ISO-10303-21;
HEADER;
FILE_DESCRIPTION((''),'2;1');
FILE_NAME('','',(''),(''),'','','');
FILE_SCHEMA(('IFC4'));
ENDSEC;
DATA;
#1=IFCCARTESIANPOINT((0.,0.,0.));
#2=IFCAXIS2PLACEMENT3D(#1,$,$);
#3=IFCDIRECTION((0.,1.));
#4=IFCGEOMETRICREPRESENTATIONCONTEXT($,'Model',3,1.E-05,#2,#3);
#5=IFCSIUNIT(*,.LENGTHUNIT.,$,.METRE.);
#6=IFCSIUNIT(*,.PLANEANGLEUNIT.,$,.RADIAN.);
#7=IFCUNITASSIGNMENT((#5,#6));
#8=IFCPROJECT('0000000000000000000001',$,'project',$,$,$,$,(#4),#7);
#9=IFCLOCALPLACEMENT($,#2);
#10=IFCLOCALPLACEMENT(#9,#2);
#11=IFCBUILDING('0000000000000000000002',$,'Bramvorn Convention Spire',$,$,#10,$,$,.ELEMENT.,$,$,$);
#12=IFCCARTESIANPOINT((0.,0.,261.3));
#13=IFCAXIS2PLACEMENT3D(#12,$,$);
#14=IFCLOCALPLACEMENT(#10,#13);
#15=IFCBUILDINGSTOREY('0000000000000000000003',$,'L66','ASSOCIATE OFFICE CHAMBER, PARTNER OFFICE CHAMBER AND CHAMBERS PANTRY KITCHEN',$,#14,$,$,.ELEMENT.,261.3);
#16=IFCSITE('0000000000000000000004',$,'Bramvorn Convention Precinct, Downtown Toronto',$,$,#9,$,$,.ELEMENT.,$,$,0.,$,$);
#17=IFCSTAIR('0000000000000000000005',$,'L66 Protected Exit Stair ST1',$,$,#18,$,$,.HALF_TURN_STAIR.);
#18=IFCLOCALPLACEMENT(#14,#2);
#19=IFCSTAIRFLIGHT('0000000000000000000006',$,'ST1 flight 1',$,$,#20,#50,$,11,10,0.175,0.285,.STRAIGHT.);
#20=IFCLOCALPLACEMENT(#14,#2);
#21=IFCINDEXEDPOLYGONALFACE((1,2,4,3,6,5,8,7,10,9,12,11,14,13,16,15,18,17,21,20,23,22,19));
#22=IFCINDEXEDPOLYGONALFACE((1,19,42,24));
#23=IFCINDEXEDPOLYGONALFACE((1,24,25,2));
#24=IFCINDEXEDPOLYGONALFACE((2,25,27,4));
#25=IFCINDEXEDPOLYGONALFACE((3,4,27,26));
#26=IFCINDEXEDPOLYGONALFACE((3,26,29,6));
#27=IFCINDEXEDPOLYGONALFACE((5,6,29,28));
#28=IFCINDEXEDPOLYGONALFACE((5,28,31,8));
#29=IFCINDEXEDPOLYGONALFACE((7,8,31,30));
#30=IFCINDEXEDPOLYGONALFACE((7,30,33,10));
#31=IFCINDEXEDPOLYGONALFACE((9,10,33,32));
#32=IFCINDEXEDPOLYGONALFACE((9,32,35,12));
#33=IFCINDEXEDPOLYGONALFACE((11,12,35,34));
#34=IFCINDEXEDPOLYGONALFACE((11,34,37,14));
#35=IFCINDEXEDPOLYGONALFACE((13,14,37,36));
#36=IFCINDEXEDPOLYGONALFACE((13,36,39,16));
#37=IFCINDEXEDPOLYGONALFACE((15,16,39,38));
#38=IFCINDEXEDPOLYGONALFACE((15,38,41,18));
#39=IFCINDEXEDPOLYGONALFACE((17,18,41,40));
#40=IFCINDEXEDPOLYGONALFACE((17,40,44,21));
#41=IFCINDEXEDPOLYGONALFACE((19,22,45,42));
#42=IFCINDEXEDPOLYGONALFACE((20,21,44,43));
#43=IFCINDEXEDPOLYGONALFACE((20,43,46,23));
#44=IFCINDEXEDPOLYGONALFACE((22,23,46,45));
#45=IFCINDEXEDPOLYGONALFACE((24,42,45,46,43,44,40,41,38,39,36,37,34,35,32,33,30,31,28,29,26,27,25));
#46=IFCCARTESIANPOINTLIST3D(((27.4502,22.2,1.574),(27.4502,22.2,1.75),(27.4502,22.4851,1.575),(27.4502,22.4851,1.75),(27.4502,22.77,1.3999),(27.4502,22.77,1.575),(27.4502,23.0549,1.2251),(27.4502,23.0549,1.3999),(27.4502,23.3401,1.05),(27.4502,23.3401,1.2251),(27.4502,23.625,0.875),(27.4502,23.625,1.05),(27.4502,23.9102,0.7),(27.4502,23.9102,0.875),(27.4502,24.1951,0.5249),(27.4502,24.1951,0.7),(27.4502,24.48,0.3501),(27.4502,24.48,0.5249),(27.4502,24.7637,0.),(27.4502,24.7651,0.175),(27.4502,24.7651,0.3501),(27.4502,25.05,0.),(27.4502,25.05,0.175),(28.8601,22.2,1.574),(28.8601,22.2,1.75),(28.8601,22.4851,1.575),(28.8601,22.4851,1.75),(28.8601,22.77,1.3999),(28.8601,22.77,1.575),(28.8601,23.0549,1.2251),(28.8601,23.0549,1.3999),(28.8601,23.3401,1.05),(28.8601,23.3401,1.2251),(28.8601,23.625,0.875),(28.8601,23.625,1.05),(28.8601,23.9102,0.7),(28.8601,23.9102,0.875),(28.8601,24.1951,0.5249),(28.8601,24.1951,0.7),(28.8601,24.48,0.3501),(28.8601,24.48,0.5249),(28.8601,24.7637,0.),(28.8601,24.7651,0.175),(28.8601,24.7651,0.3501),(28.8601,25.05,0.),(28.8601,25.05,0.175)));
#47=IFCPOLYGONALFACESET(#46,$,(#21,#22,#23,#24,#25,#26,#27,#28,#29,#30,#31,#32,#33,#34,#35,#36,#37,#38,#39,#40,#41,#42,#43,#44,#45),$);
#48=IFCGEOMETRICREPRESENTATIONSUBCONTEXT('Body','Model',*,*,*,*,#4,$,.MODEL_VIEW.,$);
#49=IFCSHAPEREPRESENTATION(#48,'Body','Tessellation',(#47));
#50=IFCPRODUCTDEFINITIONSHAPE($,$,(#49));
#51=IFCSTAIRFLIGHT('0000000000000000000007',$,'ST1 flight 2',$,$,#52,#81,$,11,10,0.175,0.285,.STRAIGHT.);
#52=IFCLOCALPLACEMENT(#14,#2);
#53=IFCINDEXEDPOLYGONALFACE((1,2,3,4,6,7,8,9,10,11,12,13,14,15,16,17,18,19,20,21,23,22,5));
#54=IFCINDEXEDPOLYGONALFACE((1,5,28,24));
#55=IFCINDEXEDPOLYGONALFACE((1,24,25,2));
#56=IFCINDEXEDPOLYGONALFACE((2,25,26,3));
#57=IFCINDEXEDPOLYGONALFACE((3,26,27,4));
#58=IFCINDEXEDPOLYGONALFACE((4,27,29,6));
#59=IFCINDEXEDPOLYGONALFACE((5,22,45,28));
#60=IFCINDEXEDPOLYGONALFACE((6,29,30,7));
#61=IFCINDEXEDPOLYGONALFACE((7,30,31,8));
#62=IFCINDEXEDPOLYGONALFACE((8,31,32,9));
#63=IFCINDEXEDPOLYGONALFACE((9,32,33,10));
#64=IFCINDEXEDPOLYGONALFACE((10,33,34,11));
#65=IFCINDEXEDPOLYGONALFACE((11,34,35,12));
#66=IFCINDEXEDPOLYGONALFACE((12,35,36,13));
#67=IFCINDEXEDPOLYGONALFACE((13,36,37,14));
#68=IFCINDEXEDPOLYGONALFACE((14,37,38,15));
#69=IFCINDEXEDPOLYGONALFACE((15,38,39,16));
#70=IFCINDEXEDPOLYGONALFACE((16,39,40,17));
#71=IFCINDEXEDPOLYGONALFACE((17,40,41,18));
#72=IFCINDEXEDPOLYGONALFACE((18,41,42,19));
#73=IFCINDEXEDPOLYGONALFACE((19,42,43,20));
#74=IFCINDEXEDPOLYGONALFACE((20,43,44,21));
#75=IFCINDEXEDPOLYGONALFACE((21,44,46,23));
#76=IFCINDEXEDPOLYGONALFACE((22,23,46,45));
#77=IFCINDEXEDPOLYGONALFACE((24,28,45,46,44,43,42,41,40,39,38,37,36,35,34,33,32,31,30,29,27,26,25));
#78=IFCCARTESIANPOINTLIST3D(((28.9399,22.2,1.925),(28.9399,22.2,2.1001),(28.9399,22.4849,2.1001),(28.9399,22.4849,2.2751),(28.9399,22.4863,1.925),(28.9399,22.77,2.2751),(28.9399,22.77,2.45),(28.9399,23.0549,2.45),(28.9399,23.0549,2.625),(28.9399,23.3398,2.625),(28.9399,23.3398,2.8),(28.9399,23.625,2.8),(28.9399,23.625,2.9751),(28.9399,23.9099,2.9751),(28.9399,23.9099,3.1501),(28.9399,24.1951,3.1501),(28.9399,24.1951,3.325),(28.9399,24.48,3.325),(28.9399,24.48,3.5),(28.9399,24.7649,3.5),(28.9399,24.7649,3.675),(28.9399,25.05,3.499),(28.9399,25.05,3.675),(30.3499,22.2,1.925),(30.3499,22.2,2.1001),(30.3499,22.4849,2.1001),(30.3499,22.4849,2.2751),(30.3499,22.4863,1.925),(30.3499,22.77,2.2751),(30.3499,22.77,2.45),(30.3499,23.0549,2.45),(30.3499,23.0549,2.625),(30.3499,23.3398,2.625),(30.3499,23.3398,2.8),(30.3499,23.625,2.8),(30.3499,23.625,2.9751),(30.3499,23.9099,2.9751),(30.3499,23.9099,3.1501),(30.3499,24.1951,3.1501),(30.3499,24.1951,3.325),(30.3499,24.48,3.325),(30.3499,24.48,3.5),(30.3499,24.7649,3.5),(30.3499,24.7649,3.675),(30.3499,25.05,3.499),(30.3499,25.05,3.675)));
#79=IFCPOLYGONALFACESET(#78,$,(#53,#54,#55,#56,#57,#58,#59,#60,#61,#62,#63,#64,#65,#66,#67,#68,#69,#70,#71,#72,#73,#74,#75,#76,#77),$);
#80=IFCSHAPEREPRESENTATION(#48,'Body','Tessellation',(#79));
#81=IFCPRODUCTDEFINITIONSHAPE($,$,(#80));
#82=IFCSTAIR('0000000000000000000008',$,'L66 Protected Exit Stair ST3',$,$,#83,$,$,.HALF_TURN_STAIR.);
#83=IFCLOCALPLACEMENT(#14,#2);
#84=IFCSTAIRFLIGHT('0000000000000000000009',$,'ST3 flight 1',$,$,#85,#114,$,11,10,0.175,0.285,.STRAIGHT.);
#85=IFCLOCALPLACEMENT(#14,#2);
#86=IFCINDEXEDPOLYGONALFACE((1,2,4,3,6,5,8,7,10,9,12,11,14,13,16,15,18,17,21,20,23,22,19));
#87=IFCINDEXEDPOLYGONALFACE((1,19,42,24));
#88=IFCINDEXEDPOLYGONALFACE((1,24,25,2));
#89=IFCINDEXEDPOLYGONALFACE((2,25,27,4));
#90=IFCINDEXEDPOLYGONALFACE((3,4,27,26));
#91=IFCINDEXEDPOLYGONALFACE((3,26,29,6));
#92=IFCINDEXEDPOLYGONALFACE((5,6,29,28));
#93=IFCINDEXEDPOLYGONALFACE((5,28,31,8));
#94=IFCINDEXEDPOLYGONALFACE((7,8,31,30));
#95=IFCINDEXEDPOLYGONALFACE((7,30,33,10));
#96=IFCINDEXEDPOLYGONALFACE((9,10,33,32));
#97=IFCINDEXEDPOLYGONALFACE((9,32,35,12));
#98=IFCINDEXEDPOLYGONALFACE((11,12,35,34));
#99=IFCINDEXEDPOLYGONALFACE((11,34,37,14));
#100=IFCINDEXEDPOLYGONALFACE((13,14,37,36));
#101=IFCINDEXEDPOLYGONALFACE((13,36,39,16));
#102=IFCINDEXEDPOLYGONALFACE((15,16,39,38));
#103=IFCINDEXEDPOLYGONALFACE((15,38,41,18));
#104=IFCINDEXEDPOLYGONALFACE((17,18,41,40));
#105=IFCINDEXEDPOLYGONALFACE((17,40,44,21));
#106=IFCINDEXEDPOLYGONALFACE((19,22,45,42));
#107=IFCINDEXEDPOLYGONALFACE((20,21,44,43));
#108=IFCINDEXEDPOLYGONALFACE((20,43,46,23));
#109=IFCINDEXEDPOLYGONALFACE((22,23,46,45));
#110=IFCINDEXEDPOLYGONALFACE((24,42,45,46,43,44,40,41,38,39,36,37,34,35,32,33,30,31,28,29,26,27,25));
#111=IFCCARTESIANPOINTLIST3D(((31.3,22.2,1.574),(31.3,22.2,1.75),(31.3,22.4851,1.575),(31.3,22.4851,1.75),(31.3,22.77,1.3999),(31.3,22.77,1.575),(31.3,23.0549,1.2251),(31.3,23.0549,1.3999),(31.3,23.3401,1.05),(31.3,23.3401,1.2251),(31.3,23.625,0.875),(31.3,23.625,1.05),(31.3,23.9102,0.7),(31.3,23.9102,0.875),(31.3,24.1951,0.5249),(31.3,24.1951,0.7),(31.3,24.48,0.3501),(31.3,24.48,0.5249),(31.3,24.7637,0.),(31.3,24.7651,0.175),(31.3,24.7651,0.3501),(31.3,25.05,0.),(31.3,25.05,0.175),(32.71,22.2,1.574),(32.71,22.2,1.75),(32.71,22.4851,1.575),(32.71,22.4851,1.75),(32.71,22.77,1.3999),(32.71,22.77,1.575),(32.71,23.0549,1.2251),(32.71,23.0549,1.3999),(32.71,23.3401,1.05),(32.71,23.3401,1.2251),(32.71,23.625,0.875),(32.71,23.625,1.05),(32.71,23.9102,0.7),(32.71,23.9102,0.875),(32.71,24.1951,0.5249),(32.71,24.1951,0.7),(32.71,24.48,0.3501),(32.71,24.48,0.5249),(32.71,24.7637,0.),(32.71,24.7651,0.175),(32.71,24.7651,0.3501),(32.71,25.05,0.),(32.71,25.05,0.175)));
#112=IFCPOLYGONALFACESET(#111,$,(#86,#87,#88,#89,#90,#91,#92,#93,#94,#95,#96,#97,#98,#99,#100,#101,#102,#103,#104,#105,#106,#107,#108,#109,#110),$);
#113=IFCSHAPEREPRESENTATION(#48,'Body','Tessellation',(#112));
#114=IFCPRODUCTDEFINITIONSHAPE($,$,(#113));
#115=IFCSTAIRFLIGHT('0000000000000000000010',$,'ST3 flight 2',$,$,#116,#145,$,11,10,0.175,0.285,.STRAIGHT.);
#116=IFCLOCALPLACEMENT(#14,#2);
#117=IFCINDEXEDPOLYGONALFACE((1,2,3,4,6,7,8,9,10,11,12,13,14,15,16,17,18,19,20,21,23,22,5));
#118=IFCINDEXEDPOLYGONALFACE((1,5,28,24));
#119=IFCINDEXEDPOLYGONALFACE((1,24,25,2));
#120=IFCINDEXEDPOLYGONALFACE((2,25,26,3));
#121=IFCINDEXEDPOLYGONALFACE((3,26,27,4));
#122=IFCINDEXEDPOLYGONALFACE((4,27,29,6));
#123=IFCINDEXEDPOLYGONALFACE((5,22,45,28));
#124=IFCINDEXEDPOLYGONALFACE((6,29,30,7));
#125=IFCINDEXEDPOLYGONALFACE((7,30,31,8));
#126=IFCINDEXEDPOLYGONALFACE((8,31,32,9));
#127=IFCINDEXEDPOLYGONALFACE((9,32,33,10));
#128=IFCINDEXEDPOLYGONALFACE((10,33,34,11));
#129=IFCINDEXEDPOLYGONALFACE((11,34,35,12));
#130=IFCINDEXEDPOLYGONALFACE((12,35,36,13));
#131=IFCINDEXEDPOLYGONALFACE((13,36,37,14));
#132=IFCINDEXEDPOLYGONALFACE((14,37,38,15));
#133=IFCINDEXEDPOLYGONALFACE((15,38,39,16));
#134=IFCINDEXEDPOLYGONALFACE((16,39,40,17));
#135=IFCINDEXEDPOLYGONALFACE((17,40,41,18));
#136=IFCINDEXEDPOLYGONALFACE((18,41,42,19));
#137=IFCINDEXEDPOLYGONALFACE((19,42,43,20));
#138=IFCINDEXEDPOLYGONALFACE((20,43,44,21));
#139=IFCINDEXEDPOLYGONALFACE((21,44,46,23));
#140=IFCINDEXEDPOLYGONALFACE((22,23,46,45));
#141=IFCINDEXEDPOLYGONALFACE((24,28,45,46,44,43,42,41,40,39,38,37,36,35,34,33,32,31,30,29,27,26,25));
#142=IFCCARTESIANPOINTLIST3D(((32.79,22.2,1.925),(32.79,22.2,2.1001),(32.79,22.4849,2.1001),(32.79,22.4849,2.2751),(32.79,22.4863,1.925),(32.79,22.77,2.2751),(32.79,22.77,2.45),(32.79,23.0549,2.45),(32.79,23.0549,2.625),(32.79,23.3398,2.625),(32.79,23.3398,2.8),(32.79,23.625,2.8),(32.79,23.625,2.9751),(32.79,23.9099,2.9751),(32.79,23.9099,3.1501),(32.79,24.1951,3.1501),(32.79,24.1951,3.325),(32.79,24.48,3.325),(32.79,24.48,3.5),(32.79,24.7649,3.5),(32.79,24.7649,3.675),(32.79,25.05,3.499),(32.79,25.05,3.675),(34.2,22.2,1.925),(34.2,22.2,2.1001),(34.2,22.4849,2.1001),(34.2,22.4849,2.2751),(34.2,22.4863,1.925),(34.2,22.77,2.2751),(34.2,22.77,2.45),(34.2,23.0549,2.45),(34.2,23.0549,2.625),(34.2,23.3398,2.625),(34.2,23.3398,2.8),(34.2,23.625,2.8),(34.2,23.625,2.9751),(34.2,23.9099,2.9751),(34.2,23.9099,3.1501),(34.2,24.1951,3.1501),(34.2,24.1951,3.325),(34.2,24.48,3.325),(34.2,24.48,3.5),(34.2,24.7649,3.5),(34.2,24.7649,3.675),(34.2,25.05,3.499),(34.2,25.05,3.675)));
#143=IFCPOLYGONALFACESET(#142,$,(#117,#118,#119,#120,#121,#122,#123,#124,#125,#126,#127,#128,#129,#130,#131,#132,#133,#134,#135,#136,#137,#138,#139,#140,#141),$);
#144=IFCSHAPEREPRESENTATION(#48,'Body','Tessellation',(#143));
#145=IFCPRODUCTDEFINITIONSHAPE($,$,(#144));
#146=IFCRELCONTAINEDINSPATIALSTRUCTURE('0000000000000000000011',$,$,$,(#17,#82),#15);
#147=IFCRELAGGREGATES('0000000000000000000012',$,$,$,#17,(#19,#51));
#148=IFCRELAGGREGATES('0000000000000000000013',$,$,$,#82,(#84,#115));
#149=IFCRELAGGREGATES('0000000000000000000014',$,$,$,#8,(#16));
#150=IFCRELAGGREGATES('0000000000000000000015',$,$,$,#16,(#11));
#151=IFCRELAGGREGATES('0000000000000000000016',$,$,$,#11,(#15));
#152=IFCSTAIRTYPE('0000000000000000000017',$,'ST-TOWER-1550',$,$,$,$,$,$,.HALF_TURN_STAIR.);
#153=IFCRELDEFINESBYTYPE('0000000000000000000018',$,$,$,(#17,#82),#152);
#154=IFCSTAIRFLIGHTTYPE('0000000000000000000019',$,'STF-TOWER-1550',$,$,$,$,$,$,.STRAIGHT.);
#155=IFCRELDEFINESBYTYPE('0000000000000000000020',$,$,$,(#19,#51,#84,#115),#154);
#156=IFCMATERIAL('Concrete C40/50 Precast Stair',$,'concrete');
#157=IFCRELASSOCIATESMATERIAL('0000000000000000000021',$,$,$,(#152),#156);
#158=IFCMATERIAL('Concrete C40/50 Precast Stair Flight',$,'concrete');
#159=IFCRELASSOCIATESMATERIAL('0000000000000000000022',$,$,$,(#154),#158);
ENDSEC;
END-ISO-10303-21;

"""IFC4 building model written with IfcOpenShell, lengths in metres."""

from ifc_helpers import new_model, si_unit, direction, frame, origin, place, context, subcontext, project, spatial, polyline, outline, extrude, material, type_object, element, aggregate, save


model = new_model("IFC4")

# Units and contexts
model_context = context("Model", 3, precision=1e-05, world=origin(), true_north=direction((0.0, 1.0)))
body_context = subcontext(model_context, "Body", "Model", "MODEL_VIEW")
ifc_project = project(units=[si_unit("LENGTHUNIT", "METRE"), si_unit("PLANEANGLEUNIT", "RADIAN")], contexts=[model_context])

# Site, building, storey
site_placement = place(None, origin())
site = spatial("IfcSite", under=ifc_project, at=site_placement, Name="Bramvorn Convention Precinct, Downtown Toronto", CompositionType="ELEMENT", RefElevation=0.0)
building_placement = place(site_placement, origin())
building = spatial("IfcBuilding", under=site, at=building_placement, Name="Bramvorn Convention Spire", CompositionType="ELEMENT")
storey_placement = place(building_placement, frame((0.0, 0.0, 261.3)))
storey = spatial("IfcBuildingStorey", under=building, at=storey_placement, Name="L66", Description="ASSOCIATE OFFICE CHAMBER, PARTNER OFFICE CHAMBER AND CHAMBERS PANTRY KITCHEN", CompositionType="ELEMENT", Elevation=261.3)

# Stairs, stair flights
ifc_material_1 = material(Name="Concrete C40/50 Precast Stair", Category="concrete")
stair_type = type_object("IfcStairType", Name="ST-TOWER-1550", PredefinedType="HALF_TURN_STAIR", material=ifc_material_1)
stair_1_placement = place(storey_placement, origin())
stair_1 = element("IfcStair", 1, at=stair_1_placement, inside=storey, type_object=stair_type, Name="L66 Protected Exit Stair ST1", PredefinedType="HALF_TURN_STAIR")
ifc_material_2 = material(Name="Concrete C40/50 Precast Stair Flight", Category="concrete")
stair_flight_type = type_object("IfcStairFlightType", Name="STF-TOWER-1550", PredefinedType="STRAIGHT", material=ifc_material_2)
stair_flight_1_placement = place(storey_placement, frame((28.155, 25.05, 0.0), z_axis=(0.0, 0.0, 1.0), x_axis=(0.0, -1.0, 0.0)))
stair_flight_1 = element("IfcStairFlight", 2, at=stair_flight_1_placement, type_object=stair_flight_type, Name="ST1 flight 1", NumberOfRisers=11, NumberOfTreads=10, PredefinedType="STRAIGHT", RiserHeight=0.175, TreadLength=0.285, context=body_context, shape_type="SweptSolid", body=[
    extrude(outline(polyline([(0.0, 0.0), (0.0, 0.175), (0.2849, 0.175), (0.2849, 0.3501), (0.5701, 0.3501), (0.5701, 0.5249), (0.855, 0.5249), (0.855, 0.7), (1.1399, 0.7), (1.1399, 0.875), (1.425, 0.875), (1.425, 1.05), (1.71, 1.05), (1.71, 1.2251), (1.9951, 1.2251), (1.9951, 1.3999), (2.28, 1.3999), (2.28, 1.575), (2.5649, 1.575), (2.5649, 1.75), (2.8501, 1.75), (2.8501, 1.925), (2.8501, 1.574), (0.2864, 0.0), (0.0, 0.0)])), frame((0.0, 0.7051, 0.0), z_axis=(0.0, -1.0, 0.0), x_axis=(1.0, 0.0, 0.0)), (0.0, 0.0, 1.0), 1.4099),
])
stair_flight_2_placement = place(storey_placement, frame((29.645, 22.2, 1.925), z_axis=(0.0, 0.0, 1.0), x_axis=(0.0, 1.0, 0.0)))
stair_flight_2 = element("IfcStairFlight", 3, at=stair_flight_2_placement, type_object=stair_flight_type, Name="ST1 flight 2", NumberOfRisers=11, NumberOfTreads=10, PredefinedType="STRAIGHT", RiserHeight=0.175, TreadLength=0.285, context=body_context, shape_type="SweptSolid", body=[
    extrude(outline(polyline([(0.0, 0.0), (0.0, 0.175), (0.2849, 0.175), (0.2849, 0.3501), (0.5701, 0.3501), (0.5701, 0.5249), (0.855, 0.5249), (0.855, 0.7), (1.1399, 0.7), (1.1399, 0.875), (1.425, 0.875), (1.425, 1.05), (1.71, 1.05), (1.71, 1.2251), (1.9951, 1.2251), (1.9951, 1.3999), (2.28, 1.3999), (2.28, 1.575), (2.5649, 1.575), (2.5649, 1.75), (2.8501, 1.75), (2.8501, 1.925), (2.8501, 1.574), (0.2864, 0.0), (0.0, 0.0)])), frame((0.0, 0.7051, 0.0), z_axis=(0.0, -1.0, 0.0), x_axis=(1.0, 0.0, 0.0)), (0.0, 0.0, 1.0), 1.4099),
])
aggregate(stair_1, [stair_flight_1, stair_flight_2])
stair_2_placement = place(storey_placement, origin())
stair_2 = element("IfcStair", 4, at=stair_2_placement, inside=storey, type_object=stair_type, Name="L66 Protected Exit Stair ST3", PredefinedType="HALF_TURN_STAIR")
stair_flight_3_placement = place(storey_placement, frame((32.0049, 25.05, 0.0), z_axis=(0.0, 0.0, 1.0), x_axis=(0.0, -1.0, 0.0)))
stair_flight_3 = element("IfcStairFlight", 5, at=stair_flight_3_placement, type_object=stair_flight_type, Name="ST3 flight 1", NumberOfRisers=11, NumberOfTreads=10, PredefinedType="STRAIGHT", RiserHeight=0.175, TreadLength=0.285, context=body_context, shape_type="SweptSolid", body=[
    extrude(outline(polyline([(0.0, 0.0), (0.0, 0.175), (0.2849, 0.175), (0.2849, 0.3501), (0.5701, 0.3501), (0.5701, 0.5249), (0.855, 0.5249), (0.855, 0.7), (1.1399, 0.7), (1.1399, 0.875), (1.425, 0.875), (1.425, 1.05), (1.71, 1.05), (1.71, 1.2251), (1.9951, 1.2251), (1.9951, 1.3999), (2.28, 1.3999), (2.28, 1.575), (2.5649, 1.575), (2.5649, 1.75), (2.8501, 1.75), (2.8501, 1.925), (2.8501, 1.574), (0.2864, 0.0), (0.0, 0.0)])), frame((0.0, 0.7051, 0.0), z_axis=(0.0, -1.0, 0.0), x_axis=(1.0, 0.0, 0.0)), (0.0, 0.0, 1.0), 1.4099),
])
stair_flight_4_placement = place(storey_placement, frame((33.4951, 22.2, 1.925), z_axis=(0.0, 0.0, 1.0), x_axis=(0.0, 1.0, 0.0)))
stair_flight_4 = element("IfcStairFlight", 6, at=stair_flight_4_placement, type_object=stair_flight_type, Name="ST3 flight 2", NumberOfRisers=11, NumberOfTreads=10, PredefinedType="STRAIGHT", RiserHeight=0.175, TreadLength=0.285, context=body_context, shape_type="SweptSolid", body=[
    extrude(outline(polyline([(0.0, 0.0), (0.0, 0.175), (0.2849, 0.175), (0.2849, 0.3501), (0.5701, 0.3501), (0.5701, 0.5249), (0.855, 0.5249), (0.855, 0.7), (1.1399, 0.7), (1.1399, 0.875), (1.425, 0.875), (1.425, 1.05), (1.71, 1.05), (1.71, 1.2251), (1.9951, 1.2251), (1.9951, 1.3999), (2.28, 1.3999), (2.28, 1.575), (2.5649, 1.575), (2.5649, 1.75), (2.8501, 1.75), (2.8501, 1.925), (2.8501, 1.574), (0.2864, 0.0), (0.0, 0.0)])), frame((0.0, 0.7051, 0.0), z_axis=(0.0, -1.0, 0.0), x_axis=(1.0, 0.0, 0.0)), (0.0, 0.0, 1.0), 1.4099),
])
aggregate(stair_2, [stair_flight_3, stair_flight_4])

save(model, "model.ifc")
